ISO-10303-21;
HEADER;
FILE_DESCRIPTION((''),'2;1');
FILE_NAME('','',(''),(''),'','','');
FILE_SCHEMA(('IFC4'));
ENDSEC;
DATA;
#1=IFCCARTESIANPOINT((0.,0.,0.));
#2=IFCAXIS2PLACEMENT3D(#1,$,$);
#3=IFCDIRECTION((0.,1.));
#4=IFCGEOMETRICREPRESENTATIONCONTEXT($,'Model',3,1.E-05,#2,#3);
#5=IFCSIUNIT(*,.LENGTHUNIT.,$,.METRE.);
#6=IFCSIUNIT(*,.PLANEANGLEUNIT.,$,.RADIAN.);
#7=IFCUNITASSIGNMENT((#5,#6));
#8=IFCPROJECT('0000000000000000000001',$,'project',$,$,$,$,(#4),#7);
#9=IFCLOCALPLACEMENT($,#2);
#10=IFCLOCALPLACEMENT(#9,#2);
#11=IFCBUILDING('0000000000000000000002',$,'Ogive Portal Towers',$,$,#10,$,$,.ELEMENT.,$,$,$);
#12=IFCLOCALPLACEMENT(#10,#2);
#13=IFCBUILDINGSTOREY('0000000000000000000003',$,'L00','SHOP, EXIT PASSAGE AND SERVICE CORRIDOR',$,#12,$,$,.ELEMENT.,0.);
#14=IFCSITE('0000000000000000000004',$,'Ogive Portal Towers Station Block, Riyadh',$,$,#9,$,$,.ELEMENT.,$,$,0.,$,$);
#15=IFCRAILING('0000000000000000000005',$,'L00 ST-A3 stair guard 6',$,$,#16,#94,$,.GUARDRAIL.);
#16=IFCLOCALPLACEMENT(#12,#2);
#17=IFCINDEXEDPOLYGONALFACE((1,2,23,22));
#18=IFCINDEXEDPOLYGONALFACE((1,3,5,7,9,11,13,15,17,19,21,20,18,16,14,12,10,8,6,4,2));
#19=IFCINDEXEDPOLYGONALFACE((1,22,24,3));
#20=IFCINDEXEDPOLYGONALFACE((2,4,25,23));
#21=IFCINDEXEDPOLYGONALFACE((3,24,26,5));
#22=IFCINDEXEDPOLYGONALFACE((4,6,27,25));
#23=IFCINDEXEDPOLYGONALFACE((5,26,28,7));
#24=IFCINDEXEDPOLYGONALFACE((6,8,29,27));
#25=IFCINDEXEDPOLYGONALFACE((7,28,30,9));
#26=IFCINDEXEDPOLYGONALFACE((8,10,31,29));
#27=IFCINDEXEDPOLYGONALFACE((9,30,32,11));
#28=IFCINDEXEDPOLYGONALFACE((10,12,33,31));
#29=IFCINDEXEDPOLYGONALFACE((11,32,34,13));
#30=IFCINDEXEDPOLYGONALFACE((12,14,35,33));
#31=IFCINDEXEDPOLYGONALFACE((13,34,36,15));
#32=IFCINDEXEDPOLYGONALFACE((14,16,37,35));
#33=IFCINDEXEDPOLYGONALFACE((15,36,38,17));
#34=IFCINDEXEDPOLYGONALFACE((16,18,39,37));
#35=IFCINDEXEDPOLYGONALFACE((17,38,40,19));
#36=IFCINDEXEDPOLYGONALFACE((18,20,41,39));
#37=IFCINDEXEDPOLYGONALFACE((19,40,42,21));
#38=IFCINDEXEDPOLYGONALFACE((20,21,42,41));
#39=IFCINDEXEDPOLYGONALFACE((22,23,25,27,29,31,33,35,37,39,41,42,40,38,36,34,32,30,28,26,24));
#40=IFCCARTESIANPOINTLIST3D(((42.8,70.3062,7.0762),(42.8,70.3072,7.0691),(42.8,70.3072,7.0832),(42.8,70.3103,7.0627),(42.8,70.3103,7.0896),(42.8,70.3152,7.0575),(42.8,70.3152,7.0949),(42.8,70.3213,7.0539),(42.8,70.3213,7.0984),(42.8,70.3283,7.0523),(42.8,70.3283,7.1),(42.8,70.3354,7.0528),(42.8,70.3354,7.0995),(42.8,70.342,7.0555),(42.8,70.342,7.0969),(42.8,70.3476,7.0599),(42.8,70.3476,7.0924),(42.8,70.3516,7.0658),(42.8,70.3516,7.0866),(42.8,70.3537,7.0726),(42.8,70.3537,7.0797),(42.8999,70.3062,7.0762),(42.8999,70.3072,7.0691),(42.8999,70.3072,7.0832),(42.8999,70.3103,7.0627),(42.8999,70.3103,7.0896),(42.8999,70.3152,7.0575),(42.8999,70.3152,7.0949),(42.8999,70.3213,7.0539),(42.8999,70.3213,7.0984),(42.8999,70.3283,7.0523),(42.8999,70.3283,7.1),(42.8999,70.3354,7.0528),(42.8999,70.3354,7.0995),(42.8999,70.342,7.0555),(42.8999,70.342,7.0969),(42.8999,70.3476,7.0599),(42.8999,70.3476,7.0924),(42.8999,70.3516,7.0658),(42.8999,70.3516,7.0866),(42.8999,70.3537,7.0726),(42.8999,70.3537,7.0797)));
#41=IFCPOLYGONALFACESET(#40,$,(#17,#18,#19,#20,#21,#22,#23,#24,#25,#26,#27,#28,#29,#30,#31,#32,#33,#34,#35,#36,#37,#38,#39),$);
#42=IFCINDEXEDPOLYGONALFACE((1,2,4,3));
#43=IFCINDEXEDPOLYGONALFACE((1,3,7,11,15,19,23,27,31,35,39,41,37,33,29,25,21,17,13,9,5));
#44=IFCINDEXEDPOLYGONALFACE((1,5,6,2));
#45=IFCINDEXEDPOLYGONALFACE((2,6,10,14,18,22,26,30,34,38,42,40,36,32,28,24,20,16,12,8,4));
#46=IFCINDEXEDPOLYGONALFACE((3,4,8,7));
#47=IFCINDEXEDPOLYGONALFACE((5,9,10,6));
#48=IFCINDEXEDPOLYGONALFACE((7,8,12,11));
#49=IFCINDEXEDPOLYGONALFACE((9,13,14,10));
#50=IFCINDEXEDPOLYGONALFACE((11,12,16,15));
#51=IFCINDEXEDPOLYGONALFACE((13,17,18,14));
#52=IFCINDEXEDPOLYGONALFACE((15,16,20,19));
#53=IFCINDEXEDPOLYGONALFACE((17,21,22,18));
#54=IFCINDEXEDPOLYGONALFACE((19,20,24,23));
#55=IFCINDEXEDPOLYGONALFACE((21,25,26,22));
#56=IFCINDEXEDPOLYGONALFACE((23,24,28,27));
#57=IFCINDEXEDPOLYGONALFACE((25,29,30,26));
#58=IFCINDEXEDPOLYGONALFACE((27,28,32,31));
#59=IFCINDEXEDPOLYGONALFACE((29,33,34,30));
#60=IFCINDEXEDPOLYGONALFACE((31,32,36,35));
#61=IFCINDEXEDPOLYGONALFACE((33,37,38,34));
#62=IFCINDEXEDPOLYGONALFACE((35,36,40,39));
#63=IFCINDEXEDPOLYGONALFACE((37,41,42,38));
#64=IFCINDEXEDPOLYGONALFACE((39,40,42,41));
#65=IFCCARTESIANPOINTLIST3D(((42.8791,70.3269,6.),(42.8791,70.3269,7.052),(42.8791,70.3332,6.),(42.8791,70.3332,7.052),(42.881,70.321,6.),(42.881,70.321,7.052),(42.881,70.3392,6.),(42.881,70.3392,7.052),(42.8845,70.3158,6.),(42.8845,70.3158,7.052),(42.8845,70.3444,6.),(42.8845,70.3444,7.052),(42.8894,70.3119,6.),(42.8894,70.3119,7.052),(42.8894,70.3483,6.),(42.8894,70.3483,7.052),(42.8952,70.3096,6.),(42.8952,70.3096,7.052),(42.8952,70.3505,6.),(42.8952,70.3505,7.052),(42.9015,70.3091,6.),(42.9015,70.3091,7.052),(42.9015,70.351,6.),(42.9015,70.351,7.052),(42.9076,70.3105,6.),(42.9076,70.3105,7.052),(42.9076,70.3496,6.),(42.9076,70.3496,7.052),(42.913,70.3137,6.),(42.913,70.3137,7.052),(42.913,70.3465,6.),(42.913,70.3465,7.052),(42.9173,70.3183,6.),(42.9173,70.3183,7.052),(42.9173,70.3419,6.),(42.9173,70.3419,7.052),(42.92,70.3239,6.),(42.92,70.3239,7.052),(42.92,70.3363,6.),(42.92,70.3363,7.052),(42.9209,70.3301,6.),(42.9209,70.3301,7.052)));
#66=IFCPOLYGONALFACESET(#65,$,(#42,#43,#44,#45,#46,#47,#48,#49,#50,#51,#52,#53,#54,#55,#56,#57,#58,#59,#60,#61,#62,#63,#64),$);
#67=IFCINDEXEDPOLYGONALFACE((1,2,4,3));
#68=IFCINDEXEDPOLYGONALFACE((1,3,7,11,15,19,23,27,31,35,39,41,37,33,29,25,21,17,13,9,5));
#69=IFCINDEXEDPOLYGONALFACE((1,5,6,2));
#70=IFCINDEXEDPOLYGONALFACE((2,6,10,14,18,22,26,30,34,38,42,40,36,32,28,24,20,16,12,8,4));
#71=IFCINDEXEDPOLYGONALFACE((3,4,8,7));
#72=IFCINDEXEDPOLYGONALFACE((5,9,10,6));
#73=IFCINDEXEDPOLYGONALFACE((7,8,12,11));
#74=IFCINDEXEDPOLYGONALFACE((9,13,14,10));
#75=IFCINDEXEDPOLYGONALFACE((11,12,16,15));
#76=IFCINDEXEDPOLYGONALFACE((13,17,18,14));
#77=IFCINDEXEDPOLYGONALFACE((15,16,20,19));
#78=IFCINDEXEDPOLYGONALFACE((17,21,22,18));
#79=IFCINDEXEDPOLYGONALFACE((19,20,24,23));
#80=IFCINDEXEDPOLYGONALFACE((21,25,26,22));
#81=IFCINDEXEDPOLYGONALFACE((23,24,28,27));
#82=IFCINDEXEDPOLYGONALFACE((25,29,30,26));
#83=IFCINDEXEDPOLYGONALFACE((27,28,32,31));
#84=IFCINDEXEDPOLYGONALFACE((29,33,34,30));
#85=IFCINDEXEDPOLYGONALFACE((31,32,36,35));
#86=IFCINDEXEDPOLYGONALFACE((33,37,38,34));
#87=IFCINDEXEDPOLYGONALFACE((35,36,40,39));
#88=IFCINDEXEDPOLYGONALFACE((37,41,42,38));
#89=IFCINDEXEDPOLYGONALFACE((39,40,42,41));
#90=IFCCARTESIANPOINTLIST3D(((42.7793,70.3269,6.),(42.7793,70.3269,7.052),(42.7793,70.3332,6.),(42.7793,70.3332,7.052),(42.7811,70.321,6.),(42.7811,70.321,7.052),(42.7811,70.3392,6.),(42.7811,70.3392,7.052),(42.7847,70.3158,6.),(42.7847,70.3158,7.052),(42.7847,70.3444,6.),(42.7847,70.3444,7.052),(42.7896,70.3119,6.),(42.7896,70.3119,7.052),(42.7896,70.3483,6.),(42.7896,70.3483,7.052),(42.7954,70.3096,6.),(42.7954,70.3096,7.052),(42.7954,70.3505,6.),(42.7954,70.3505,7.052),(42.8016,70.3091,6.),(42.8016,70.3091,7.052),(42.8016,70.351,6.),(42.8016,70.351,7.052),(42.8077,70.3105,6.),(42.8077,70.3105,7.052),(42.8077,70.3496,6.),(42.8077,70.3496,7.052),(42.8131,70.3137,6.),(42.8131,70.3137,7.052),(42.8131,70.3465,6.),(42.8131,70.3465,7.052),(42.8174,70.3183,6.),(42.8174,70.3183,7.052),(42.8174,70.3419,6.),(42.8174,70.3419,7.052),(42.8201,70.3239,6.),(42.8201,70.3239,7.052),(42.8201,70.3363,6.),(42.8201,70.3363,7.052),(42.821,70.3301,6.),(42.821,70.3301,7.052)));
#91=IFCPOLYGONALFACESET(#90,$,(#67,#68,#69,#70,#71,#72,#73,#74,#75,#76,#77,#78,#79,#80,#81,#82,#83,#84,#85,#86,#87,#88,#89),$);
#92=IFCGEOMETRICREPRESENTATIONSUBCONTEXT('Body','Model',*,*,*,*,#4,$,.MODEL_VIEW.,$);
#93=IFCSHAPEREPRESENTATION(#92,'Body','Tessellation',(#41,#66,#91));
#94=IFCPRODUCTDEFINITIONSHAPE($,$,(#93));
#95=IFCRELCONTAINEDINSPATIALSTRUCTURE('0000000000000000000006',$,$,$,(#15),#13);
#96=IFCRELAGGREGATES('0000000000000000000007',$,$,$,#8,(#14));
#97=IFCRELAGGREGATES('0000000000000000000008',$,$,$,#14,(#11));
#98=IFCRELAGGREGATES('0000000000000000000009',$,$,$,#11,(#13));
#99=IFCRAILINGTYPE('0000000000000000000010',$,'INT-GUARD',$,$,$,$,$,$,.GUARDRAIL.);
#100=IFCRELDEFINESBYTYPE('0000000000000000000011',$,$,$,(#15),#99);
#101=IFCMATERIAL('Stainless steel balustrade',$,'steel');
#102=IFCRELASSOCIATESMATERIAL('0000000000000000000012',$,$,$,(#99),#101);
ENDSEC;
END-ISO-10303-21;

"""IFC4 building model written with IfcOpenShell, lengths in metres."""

from ifc_helpers import new_model, si_unit, direction, frame, origin, origin_2d, place, context, subcontext, project, spatial, circle, extrude, material, type_object, element, save


model = new_model("IFC4")

# Units and contexts
model_context = context("Model", 3, precision=1e-05, world=origin(), true_north=direction((0.0, 1.0)))
body_context = subcontext(model_context, "Body", "Model", "MODEL_VIEW")
ifc_project = project(units=[si_unit("LENGTHUNIT", "METRE"), si_unit("PLANEANGLEUNIT", "RADIAN")], contexts=[model_context])

# Site, building, storey
site_placement = place(None, origin())
site = spatial("IfcSite", under=ifc_project, at=site_placement, Name="Ogive Portal Towers Station Block, Riyadh", CompositionType="ELEMENT", RefElevation=0.0)
building_placement = place(site_placement, origin())
building = spatial("IfcBuilding", under=site, at=building_placement, Name="Ogive Portal Towers", CompositionType="ELEMENT")
storey_placement = place(building_placement, origin())
storey = spatial("IfcBuildingStorey", under=building, at=storey_placement, Name="L00", Description="SHOP, EXIT PASSAGE AND SERVICE CORRIDOR", CompositionType="ELEMENT", Elevation=0.0)

# Railing
ifc_material_1 = material(Name="Stainless steel balustrade", Category="steel")
railing_type_1 = type_object("IfcRailingType", Name="INT-GUARD", PredefinedType="GUARDRAIL", material=ifc_material_1)
railing_1_placement = place(storey_placement, frame((42.8999, 70.3301, 6.0)))
element("IfcRailing", 1, at=railing_1_placement, inside=storey, type_object=railing_type_1, Name="L00 ST-A3 stair guard 6", PredefinedType="GUARDRAIL", context=body_context, shape_type="SweptSolid", body=[
    extrude(circle(Radius=0.0239, at=origin_2d()), frame((0.0, 0.0, 1.0762), z_axis=(-1.0, 0.0, 0.0), x_axis=(0.0, -1.0, 0.0)), (0.0, 0.0, 1.0), 0.0999),
    extrude(circle(Radius=0.021, at=origin_2d()), origin(), (0.0, 0.0, 1.0), 1.052),
    extrude(circle(Radius=0.021, at=origin_2d()), frame((-0.0999, 0.0, 0.0)), (0.0, 0.0, 1.0), 1.052),
])

save(model, "model.ifc")
